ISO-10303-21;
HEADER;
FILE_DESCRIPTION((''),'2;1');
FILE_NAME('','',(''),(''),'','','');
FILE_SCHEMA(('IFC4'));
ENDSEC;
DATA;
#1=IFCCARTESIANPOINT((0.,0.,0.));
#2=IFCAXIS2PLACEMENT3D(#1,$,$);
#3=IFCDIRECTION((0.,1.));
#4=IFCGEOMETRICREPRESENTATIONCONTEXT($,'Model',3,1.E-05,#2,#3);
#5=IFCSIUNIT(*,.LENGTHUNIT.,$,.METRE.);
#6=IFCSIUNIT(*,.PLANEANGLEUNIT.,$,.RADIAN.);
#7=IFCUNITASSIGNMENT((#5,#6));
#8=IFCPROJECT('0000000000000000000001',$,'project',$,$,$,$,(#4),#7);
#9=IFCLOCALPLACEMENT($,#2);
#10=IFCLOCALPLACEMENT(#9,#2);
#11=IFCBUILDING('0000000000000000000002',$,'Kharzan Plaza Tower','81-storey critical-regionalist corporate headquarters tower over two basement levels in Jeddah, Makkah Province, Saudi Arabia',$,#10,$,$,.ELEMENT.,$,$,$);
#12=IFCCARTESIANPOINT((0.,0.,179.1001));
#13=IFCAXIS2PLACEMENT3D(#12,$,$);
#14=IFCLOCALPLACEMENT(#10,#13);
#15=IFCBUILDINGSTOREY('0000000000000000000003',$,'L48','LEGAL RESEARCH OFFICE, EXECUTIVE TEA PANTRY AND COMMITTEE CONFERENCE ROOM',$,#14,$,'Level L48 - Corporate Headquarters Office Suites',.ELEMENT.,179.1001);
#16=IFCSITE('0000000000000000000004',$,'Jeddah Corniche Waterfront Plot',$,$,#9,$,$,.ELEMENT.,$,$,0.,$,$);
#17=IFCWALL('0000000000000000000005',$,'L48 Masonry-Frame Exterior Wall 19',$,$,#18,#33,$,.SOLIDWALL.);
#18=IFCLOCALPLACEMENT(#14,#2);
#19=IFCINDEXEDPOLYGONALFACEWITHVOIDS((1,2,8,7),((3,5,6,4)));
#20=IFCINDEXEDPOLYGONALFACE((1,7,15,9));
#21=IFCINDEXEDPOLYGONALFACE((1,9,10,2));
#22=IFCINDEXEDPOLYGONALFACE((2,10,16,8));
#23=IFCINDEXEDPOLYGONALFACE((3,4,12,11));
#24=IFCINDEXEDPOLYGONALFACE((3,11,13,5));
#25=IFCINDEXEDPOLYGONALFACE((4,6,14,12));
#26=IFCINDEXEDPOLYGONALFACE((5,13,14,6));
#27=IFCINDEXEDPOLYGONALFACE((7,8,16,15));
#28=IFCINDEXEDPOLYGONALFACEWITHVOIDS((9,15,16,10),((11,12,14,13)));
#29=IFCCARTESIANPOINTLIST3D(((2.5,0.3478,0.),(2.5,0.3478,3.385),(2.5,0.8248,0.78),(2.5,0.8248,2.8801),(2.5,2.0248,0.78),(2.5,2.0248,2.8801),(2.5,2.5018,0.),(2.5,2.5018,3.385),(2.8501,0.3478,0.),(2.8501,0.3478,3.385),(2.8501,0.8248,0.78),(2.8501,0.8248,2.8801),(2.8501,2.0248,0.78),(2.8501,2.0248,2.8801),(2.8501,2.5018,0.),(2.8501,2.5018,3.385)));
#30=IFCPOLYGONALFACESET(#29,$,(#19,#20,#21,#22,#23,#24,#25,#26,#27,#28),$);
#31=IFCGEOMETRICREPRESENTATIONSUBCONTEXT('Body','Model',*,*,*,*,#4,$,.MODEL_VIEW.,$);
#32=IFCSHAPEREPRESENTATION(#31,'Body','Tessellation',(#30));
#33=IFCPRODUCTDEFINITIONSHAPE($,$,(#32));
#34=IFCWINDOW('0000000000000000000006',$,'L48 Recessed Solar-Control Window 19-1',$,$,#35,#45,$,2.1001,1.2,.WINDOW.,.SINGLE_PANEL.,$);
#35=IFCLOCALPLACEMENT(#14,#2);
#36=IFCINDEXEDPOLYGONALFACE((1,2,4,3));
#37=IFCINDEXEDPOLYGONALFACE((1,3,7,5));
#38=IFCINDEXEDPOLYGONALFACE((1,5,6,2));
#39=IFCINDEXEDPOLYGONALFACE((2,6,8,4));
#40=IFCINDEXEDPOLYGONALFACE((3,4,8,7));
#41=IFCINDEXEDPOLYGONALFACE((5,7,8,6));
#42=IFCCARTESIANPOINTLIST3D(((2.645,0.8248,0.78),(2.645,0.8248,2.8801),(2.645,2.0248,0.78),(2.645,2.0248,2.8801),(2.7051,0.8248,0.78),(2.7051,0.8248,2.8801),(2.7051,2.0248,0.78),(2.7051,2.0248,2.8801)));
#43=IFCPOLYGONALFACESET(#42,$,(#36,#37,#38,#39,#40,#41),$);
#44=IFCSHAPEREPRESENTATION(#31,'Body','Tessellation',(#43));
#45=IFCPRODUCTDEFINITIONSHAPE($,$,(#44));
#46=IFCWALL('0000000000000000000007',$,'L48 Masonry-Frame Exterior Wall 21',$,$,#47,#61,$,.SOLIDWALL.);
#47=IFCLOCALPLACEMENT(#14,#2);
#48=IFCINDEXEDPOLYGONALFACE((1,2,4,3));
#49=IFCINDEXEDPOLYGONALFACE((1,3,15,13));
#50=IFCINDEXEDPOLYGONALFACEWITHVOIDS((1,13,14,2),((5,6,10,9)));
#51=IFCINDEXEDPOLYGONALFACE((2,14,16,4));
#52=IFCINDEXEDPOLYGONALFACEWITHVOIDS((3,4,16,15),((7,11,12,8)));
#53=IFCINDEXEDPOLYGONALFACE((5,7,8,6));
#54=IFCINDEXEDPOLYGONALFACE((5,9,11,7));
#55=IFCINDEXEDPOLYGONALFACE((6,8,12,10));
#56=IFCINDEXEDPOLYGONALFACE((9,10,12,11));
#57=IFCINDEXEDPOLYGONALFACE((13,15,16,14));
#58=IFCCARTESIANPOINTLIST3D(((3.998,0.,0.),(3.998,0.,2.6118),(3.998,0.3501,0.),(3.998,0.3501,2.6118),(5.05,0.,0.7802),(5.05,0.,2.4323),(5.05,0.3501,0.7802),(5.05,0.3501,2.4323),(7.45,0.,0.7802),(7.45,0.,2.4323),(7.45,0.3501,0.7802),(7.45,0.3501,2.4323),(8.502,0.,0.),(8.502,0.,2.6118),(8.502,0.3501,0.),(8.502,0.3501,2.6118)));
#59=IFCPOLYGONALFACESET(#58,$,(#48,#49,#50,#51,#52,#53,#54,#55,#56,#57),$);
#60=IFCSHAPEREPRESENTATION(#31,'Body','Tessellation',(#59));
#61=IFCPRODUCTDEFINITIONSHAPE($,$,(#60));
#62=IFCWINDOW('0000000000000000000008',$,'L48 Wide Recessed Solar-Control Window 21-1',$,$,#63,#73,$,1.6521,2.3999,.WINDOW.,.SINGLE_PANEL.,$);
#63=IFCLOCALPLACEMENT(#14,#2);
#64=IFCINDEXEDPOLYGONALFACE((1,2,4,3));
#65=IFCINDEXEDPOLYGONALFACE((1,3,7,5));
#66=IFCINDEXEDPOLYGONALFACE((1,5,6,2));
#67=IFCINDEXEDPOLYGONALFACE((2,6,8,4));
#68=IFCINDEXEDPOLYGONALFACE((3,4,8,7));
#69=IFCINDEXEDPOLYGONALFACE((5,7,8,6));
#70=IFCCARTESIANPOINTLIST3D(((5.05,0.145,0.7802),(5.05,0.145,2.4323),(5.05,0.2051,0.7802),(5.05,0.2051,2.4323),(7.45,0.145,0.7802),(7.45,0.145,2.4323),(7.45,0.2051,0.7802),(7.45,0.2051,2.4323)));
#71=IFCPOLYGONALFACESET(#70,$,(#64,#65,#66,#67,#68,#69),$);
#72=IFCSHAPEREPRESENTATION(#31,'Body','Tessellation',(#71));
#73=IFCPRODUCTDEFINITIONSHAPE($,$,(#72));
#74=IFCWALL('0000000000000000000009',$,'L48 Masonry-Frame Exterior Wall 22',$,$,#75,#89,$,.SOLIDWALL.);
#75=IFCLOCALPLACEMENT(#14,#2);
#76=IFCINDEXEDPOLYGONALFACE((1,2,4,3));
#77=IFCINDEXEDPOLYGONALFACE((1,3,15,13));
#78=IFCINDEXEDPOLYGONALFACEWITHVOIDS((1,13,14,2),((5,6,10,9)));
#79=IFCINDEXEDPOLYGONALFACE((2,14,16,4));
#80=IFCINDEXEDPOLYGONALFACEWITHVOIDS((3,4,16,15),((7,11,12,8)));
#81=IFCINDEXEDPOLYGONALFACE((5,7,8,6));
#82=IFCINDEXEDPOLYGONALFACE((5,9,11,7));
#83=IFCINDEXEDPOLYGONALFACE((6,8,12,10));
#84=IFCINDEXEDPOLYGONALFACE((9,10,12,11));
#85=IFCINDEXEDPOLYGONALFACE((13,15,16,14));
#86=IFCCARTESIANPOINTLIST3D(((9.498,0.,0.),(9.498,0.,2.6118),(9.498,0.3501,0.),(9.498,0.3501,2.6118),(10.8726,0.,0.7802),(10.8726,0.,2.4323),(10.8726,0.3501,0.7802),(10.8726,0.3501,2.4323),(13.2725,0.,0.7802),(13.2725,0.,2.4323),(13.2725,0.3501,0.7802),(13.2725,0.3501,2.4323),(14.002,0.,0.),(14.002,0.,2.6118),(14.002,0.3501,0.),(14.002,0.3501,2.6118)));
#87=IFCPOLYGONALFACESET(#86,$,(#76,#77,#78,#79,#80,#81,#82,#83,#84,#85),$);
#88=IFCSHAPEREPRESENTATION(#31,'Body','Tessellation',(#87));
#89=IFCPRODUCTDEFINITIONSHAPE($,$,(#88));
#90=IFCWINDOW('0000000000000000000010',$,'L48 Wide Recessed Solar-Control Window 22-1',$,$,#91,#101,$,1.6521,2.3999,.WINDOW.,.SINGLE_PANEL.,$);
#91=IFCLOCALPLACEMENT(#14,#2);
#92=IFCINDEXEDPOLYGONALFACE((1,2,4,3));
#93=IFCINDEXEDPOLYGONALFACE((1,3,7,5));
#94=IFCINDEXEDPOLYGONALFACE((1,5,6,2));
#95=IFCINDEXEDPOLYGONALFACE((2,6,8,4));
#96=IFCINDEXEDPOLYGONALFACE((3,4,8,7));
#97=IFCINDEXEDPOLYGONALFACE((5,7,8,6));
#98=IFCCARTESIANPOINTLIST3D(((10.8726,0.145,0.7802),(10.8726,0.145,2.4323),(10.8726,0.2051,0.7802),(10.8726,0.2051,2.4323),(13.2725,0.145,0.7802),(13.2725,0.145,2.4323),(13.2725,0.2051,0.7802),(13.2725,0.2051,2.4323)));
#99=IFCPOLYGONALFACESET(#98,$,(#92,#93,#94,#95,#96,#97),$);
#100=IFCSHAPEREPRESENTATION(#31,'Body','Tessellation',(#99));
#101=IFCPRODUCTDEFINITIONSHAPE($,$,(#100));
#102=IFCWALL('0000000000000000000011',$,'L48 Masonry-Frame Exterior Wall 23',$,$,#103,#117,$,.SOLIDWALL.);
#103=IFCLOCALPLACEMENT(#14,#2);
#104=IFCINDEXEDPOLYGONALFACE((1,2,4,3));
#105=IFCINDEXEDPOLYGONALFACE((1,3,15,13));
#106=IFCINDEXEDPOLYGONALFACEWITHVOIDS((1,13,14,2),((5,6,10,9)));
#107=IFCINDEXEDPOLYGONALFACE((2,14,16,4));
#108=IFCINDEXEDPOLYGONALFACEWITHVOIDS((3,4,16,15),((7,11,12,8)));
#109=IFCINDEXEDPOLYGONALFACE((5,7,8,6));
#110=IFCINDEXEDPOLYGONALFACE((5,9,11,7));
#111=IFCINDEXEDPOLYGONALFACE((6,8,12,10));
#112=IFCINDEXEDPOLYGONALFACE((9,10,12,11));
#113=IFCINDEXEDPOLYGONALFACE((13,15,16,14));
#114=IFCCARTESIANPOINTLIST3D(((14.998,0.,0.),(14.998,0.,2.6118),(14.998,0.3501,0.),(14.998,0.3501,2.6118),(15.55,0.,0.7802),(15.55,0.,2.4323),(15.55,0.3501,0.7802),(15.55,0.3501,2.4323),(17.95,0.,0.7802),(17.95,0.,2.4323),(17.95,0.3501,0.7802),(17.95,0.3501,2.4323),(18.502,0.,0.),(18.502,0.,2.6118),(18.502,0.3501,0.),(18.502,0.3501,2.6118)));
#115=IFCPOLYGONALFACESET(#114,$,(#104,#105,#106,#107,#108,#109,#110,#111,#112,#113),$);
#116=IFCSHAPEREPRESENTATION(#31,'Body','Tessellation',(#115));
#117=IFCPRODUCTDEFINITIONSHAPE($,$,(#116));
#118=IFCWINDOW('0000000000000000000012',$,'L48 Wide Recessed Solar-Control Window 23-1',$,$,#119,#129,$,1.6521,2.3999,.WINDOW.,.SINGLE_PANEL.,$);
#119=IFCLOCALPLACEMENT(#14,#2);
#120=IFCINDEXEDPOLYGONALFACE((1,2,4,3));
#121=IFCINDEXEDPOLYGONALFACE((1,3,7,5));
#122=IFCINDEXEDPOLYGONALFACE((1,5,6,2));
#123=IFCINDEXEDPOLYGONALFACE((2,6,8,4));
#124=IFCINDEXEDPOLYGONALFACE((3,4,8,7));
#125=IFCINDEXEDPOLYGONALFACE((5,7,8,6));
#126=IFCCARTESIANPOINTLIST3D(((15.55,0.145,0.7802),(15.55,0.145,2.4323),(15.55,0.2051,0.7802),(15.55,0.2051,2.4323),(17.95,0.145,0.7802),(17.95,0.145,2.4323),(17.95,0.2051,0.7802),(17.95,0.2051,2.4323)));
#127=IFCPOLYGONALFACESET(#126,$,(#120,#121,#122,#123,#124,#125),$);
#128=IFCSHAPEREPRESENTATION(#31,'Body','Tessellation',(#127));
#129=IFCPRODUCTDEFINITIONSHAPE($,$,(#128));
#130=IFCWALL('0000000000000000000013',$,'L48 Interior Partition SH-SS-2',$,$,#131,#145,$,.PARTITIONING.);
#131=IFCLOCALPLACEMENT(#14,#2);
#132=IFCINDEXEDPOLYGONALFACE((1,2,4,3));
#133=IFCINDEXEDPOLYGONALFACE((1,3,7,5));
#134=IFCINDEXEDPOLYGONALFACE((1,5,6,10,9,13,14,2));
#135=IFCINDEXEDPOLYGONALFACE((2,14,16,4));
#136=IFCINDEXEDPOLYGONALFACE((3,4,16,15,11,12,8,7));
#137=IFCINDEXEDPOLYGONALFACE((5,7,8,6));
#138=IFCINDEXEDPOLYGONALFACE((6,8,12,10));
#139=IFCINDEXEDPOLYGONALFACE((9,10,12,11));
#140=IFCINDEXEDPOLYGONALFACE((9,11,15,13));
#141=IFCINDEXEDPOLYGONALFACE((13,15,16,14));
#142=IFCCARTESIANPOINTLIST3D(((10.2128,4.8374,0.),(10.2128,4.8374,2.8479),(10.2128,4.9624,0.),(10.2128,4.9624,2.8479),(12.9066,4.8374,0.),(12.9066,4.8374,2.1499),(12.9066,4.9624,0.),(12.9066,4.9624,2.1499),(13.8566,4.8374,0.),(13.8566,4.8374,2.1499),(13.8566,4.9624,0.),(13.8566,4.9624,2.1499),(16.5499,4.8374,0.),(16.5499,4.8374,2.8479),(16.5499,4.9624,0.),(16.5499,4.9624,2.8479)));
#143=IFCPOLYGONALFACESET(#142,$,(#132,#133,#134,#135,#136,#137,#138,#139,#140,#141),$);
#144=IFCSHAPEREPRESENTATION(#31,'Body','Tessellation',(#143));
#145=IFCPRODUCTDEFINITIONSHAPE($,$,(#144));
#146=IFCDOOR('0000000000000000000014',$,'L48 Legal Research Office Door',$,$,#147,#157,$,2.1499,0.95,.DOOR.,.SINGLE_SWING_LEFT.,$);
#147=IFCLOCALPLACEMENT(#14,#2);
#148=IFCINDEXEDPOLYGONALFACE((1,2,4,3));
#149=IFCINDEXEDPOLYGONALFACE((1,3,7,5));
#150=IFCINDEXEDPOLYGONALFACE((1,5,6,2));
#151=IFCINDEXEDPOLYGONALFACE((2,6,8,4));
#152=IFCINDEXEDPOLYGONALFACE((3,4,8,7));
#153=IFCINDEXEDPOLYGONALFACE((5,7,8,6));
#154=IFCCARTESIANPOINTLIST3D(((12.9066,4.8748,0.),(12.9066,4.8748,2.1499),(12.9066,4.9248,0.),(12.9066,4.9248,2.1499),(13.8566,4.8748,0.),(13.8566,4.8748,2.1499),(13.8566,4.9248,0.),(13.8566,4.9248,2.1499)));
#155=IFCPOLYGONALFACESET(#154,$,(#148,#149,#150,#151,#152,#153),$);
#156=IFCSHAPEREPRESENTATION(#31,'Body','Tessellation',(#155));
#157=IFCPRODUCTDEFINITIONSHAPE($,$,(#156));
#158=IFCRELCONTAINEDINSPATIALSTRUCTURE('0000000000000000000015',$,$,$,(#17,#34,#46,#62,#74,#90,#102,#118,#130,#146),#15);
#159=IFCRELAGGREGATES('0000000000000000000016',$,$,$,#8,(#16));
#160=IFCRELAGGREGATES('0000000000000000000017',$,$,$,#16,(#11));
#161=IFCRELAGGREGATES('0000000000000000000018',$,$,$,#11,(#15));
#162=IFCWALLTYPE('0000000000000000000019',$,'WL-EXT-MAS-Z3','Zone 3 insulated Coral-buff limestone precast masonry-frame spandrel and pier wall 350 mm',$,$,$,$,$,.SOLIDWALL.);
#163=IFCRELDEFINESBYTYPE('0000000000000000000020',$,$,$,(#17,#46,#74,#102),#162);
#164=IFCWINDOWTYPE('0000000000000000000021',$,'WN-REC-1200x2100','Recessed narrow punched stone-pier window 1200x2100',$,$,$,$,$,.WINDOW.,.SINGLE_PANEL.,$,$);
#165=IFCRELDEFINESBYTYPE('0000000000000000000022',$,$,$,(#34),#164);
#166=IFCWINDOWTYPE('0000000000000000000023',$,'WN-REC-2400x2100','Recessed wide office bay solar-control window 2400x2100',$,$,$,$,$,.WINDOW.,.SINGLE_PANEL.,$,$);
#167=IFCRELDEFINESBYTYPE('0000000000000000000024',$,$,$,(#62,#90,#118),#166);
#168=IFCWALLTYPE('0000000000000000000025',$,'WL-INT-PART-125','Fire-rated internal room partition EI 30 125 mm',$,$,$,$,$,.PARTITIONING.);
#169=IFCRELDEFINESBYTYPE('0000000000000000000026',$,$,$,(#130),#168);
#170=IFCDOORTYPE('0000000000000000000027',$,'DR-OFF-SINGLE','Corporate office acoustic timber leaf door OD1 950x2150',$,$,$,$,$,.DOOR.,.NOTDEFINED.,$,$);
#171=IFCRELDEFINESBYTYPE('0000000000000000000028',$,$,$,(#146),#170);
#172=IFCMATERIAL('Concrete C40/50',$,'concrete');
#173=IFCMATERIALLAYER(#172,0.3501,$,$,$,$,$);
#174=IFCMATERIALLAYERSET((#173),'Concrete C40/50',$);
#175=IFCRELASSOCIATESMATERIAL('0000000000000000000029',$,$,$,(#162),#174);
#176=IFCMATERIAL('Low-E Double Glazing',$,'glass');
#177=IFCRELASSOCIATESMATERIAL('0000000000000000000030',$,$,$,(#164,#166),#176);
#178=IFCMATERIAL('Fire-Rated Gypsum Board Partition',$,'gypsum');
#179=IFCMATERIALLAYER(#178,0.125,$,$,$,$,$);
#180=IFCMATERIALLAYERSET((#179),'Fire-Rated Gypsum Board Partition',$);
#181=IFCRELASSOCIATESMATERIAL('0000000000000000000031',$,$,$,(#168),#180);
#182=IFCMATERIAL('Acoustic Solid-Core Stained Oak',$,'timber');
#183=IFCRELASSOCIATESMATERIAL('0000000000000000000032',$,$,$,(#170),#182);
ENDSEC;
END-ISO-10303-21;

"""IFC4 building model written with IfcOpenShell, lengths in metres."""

from ifc_helpers import new_model, si_unit, direction, frame, frame_2d, origin, place, context, subcontext, project, spatial, rectangle, extrude, source, transform, mapped, material, layer, layer_set, type_object, element, fill, save


model = new_model("IFC4")

# Units and contexts
model_context = context("Model", 3, precision=1e-05, world=origin(), true_north=direction((0.0, 1.0)))
body_context = subcontext(model_context, "Body", "Model", "MODEL_VIEW")
ifc_project = project(units=[si_unit("LENGTHUNIT", "METRE"), si_unit("PLANEANGLEUNIT", "RADIAN")], contexts=[model_context])

# Site, building, storey
site_placement = place(None, origin())
site = spatial("IfcSite", under=ifc_project, at=site_placement, Name="Jeddah Corniche Waterfront Plot", CompositionType="ELEMENT", RefElevation=0.0)
building_placement = place(site_placement, origin())
building = spatial("IfcBuilding", under=site, at=building_placement, Name="Kharzan Plaza Tower", Description="81-storey critical-regionalist corporate headquarters tower over two basement levels in Jeddah, Makkah Province, Saudi Arabia", CompositionType="ELEMENT")
storey_placement = place(building_placement, frame((0.0, 0.0, 179.1001)))
storey = spatial("IfcBuildingStorey", under=building, at=storey_placement, Name="L48", Description="LEGAL RESEARCH OFFICE, EXECUTIVE TEA PANTRY AND COMMITTEE CONFERENCE ROOM", LongName="Level L48 - Corporate Headquarters Office Suites", CompositionType="ELEMENT", Elevation=179.1001)

# Walls, openings, windows
ifc_material_1 = material(Name="Concrete C40/50", Category="concrete")
ifc_layer_1 = layer(ifc_material_1, 0.3501)
ifc_layer_set_1 = layer_set([ifc_layer_1], Name="Concrete C40/50")
wall_type_1 = type_object("IfcWallType", Name="WL-EXT-MAS-Z3", Description="Zone 3 insulated Coral-buff limestone precast masonry-frame spandrel and pier wall 350 mm", PredefinedType="SOLIDWALL", material=ifc_layer_set_1)
wall_1_placement = place(storey_placement, frame((2.675, 2.502, 0.0), z_axis=(0.0, 0.0, 1.0), x_axis=(0.0, -1.0, 0.0)))
wall_1 = element("IfcWall", 1, at=wall_1_placement, inside=storey, type_object=wall_type_1, Name="L48 Masonry-Frame Exterior Wall 19", PredefinedType="SOLIDWALL", context=body_context, shape_type="SweptSolid", body=[
    extrude(rectangle(XDim=2.1541, YDim=0.3501, at=frame_2d((1.0771, 0.0))), origin(), (0.0, 0.0, 1.0), 3.385),
])
opening_1_placement = place(wall_1_placement, frame((0.4771, 0.0, 0.78)))
opening_1 = element("IfcOpeningElement", 2, at=opening_1_placement, cuts=wall_1, PredefinedType="OPENING", context=body_context, shape_type="SweptSolid", body=[
    extrude(rectangle(XDim=1.2, YDim=2.1001, at=frame_2d((0.6001, 1.05))), frame((0.0, 0.1851, 0.0), z_axis=(0.0, -1.0, 0.0), x_axis=(1.0, 0.0, 0.0)), (0.0, 0.0, 1.0), 0.3701),
])
ifc_material_2 = material(Name="Low-E Double Glazing", Category="glass")
window_type_1 = type_object("IfcWindowType", Name="WN-REC-1200x2100", Description="Recessed narrow punched stone-pier window 1200x2100", PartitioningType="SINGLE_PANEL", PredefinedType="WINDOW", material=ifc_material_2)
shared_shape_1 = source(origin(), body_context, "Body", "SweptSolid", [
    extrude(rectangle(XDim=1.2, YDim=2.1001, at=frame_2d((0.6001, 1.05))), frame((0.0, 0.03, 0.0), z_axis=(0.0, -1.0, 0.0), x_axis=(1.0, 0.0, 0.0)), (0.0, 0.0, 1.0), 0.0601),
])
window_1_placement = place(opening_1_placement, origin())
window_1 = element("IfcWindow", 3, at=window_1_placement, inside=storey, type_object=window_type_1, Name="L48 Recessed Solar-Control Window 19-1", OverallHeight=2.1001, OverallWidth=1.2, PartitioningType="SINGLE_PANEL", PredefinedType="WINDOW", context=body_context, shape_type="MappedRepresentation", body=[
    mapped(shared_shape_1, transform((0.0, 0.0, 0.0), x_axis=(1.0, 0.0, 0.0), y_axis=(0.0, 1.0, 0.0), z_axis=(0.0, 0.0, 1.0))),
])
fill(opening_1, window_1)
wall_2_placement = place(storey_placement, frame((3.998, 0.175, 0.0), z_axis=(0.0, 0.0, 1.0), x_axis=(1.0, 0.0, 0.0)))
wall_2 = element("IfcWall", 4, at=wall_2_placement, inside=storey, type_object=wall_type_1, Name="L48 Masonry-Frame Exterior Wall 21", PredefinedType="SOLIDWALL", context=body_context, shape_type="SweptSolid", body=[
    extrude(rectangle(XDim=4.5039, YDim=0.3501, at=frame_2d((2.252, 0.0))), origin(), (0.0, 0.0, 1.0), 2.6118),
])
opening_2_placement = place(wall_2_placement, frame((1.052, 0.0, 0.78)))
opening_2 = element("IfcOpeningElement", 5, at=opening_2_placement, cuts=wall_2, PredefinedType="OPENING", context=body_context, shape_type="SweptSolid", body=[
    extrude(rectangle(XDim=2.3999, YDim=1.6521, at=frame_2d((1.2, 0.8262))), frame((0.0, 0.1851, 0.0), z_axis=(0.0, -1.0, 0.0), x_axis=(1.0, 0.0, 0.0)), (0.0, 0.0, 1.0), 0.3701),
])
window_type_2 = type_object("IfcWindowType", Name="WN-REC-2400x2100", Description="Recessed wide office bay solar-control window 2400x2100", PartitioningType="SINGLE_PANEL", PredefinedType="WINDOW", material=ifc_material_2)
shared_shape_2 = source(origin(), body_context, "Body", "SweptSolid", [
    extrude(rectangle(XDim=2.3999, YDim=1.6521, at=frame_2d((1.2, 0.8262))), frame((0.0, 0.03, 0.0), z_axis=(0.0, -1.0, 0.0), x_axis=(1.0, 0.0, 0.0)), (0.0, 0.0, 1.0), 0.0601),
])
window_2_placement = place(opening_2_placement, origin())
window_2 = element("IfcWindow", 6, at=window_2_placement, inside=storey, type_object=window_type_2, Name="L48 Wide Recessed Solar-Control Window 21-1", OverallHeight=1.6521, OverallWidth=2.3999, PartitioningType="SINGLE_PANEL", PredefinedType="WINDOW", context=body_context, shape_type="MappedRepresentation", body=[
    mapped(shared_shape_2, transform((0.0, 0.0, 0.0), x_axis=(1.0, 0.0, 0.0), y_axis=(0.0, 1.0, 0.0), z_axis=(0.0, 0.0, 1.0))),
])
fill(opening_2, window_2)
wall_3_placement = place(storey_placement, frame((9.498, 0.175, 0.0), z_axis=(0.0, 0.0, 1.0), x_axis=(1.0, 0.0, 0.0)))
wall_3 = element("IfcWall", 7, at=wall_3_placement, inside=storey, type_object=wall_type_1, Name="L48 Masonry-Frame Exterior Wall 22", PredefinedType="SOLIDWALL", context=body_context, shape_type="SweptSolid", body=[
    extrude(rectangle(XDim=4.5039, YDim=0.3501, at=frame_2d((2.252, 0.0))), origin(), (0.0, 0.0, 1.0), 2.6118),
])
opening_3_placement = place(wall_3_placement, frame((1.3745, 0.0, 0.78)))
opening_3 = element("IfcOpeningElement", 8, at=opening_3_placement, cuts=wall_3, PredefinedType="OPENING", context=body_context, shape_type="SweptSolid", body=[
    extrude(rectangle(XDim=2.3999, YDim=1.6521, at=frame_2d((1.2, 0.8262))), frame((0.0, 0.1851, 0.0), z_axis=(0.0, -1.0, 0.0), x_axis=(1.0, 0.0, 0.0)), (0.0, 0.0, 1.0), 0.3701),
])
window_3_placement = place(opening_3_placement, origin())
window_3 = element("IfcWindow", 9, at=window_3_placement, inside=storey, type_object=window_type_2, Name="L48 Wide Recessed Solar-Control Window 22-1", OverallHeight=1.6521, OverallWidth=2.3999, PartitioningType="SINGLE_PANEL", PredefinedType="WINDOW", context=body_context, shape_type="MappedRepresentation", body=[
    mapped(shared_shape_2, transform((0.0, 0.0, 0.0), x_axis=(1.0, 0.0, 0.0), y_axis=(0.0, 1.0, 0.0), z_axis=(0.0, 0.0, 1.0))),
])
fill(opening_3, window_3)
wall_4_placement = place(storey_placement, frame((14.998, 0.175, 0.0), z_axis=(0.0, 0.0, 1.0), x_axis=(1.0, 0.0, 0.0)))
wall_4 = element("IfcWall", 10, at=wall_4_placement, inside=storey, type_object=wall_type_1, Name="L48 Masonry-Frame Exterior Wall 23", PredefinedType="SOLIDWALL", context=body_context, shape_type="SweptSolid", body=[
    extrude(rectangle(XDim=3.5039, YDim=0.3501, at=frame_2d((1.752, 0.0))), origin(), (0.0, 0.0, 1.0), 2.6118),
])
opening_4_placement = place(wall_4_placement, frame((0.552, 0.0, 0.78)))
opening_4 = element("IfcOpeningElement", 11, at=opening_4_placement, cuts=wall_4, PredefinedType="OPENING", context=body_context, shape_type="SweptSolid", body=[
    extrude(rectangle(XDim=2.3999, YDim=1.6521, at=frame_2d((1.2, 0.8262))), frame((0.0, 0.1851, 0.0), z_axis=(0.0, -1.0, 0.0), x_axis=(1.0, 0.0, 0.0)), (0.0, 0.0, 1.0), 0.3701),
])
window_4_placement = place(opening_4_placement, origin())
window_4 = element("IfcWindow", 12, at=window_4_placement, inside=storey, type_object=window_type_2, Name="L48 Wide Recessed Solar-Control Window 23-1", OverallHeight=1.6521, OverallWidth=2.3999, PartitioningType="SINGLE_PANEL", PredefinedType="WINDOW", context=body_context, shape_type="MappedRepresentation", body=[
    mapped(shared_shape_2, transform((0.0, 0.0, 0.0), x_axis=(1.0, 0.0, 0.0), y_axis=(0.0, 1.0, 0.0), z_axis=(0.0, 0.0, 1.0))),
])
fill(opening_4, window_4)

# Wall, opening, door
ifc_material_3 = material(Name="Fire-Rated Gypsum Board Partition", Category="gypsum")
ifc_layer_2 = layer(ifc_material_3, 0.125)
ifc_layer_set_2 = layer_set([ifc_layer_2], Name="Fire-Rated Gypsum Board Partition")
wall_type_2 = type_object("IfcWallType", Name="WL-INT-PART-125", Description="Fire-rated internal room partition EI 30 125 mm", PredefinedType="PARTITIONING", material=ifc_layer_set_2)
ifc_material_4 = material(Name="Acoustic Solid-Core Stained Oak", Category="timber")
door_type = type_object("IfcDoorType", Name="DR-OFF-SINGLE", Description="Corporate office acoustic timber leaf door OD1 950x2150", OperationType="NOTDEFINED", PredefinedType="DOOR", material=ifc_material_4)
shared_shape_3 = source(origin(), body_context, "Body", "SweptSolid", [
    extrude(rectangle(XDim=0.95, YDim=2.1499, at=frame_2d((0.4751, 1.075))), frame((0.0, 0.0249, 0.0), z_axis=(0.0, -1.0, 0.0), x_axis=(1.0, 0.0, 0.0)), (0.0, 0.0, 1.0), 0.05),
])
wall_5_placement = place(storey_placement, frame((10.2129, 4.8999, 0.0), z_axis=(0.0, 0.0, 1.0), x_axis=(1.0, 0.0, 0.0)))
wall_5 = element("IfcWall", 13, at=wall_5_placement, inside=storey, type_object=wall_type_2, Name="L48 Interior Partition SH-SS-2", PredefinedType="PARTITIONING", context=body_context, shape_type="SweptSolid", body=[
    extrude(rectangle(XDim=6.3372, YDim=0.125, at=frame_2d((3.1685, 0.0))), origin(), (0.0, 0.0, 1.0), 2.8479),
])
opening_5_placement = place(wall_5_placement, frame((2.6936, 0.0, 0.0)))
opening_5 = element("IfcOpeningElement", 14, at=opening_5_placement, cuts=wall_5, PredefinedType="OPENING", context=body_context, shape_type="SweptSolid", body=[
    extrude(rectangle(XDim=0.95, YDim=2.1499, at=frame_2d((0.4751, 1.075))), frame((0.0, 0.0725, 0.0), z_axis=(0.0, -1.0, 0.0), x_axis=(1.0, 0.0, 0.0)), (0.0, 0.0, 1.0), 0.145),
])
door_1_placement = place(opening_5_placement, origin())
door_1 = element("IfcDoor", 15, at=door_1_placement, inside=storey, type_object=door_type, Name="L48 Legal Research Office Door", OperationType="SINGLE_SWING_LEFT", OverallHeight=2.1499, OverallWidth=0.95, PredefinedType="DOOR", context=body_context, shape_type="MappedRepresentation", body=[
    mapped(shared_shape_3, transform((0.0, 0.0, 0.0), x_axis=(1.0, 0.0, 0.0), y_axis=(0.0, 1.0, 0.0), z_axis=(0.0, 0.0, 1.0))),
])
fill(opening_5, door_1)

save(model, "model.ifc")
